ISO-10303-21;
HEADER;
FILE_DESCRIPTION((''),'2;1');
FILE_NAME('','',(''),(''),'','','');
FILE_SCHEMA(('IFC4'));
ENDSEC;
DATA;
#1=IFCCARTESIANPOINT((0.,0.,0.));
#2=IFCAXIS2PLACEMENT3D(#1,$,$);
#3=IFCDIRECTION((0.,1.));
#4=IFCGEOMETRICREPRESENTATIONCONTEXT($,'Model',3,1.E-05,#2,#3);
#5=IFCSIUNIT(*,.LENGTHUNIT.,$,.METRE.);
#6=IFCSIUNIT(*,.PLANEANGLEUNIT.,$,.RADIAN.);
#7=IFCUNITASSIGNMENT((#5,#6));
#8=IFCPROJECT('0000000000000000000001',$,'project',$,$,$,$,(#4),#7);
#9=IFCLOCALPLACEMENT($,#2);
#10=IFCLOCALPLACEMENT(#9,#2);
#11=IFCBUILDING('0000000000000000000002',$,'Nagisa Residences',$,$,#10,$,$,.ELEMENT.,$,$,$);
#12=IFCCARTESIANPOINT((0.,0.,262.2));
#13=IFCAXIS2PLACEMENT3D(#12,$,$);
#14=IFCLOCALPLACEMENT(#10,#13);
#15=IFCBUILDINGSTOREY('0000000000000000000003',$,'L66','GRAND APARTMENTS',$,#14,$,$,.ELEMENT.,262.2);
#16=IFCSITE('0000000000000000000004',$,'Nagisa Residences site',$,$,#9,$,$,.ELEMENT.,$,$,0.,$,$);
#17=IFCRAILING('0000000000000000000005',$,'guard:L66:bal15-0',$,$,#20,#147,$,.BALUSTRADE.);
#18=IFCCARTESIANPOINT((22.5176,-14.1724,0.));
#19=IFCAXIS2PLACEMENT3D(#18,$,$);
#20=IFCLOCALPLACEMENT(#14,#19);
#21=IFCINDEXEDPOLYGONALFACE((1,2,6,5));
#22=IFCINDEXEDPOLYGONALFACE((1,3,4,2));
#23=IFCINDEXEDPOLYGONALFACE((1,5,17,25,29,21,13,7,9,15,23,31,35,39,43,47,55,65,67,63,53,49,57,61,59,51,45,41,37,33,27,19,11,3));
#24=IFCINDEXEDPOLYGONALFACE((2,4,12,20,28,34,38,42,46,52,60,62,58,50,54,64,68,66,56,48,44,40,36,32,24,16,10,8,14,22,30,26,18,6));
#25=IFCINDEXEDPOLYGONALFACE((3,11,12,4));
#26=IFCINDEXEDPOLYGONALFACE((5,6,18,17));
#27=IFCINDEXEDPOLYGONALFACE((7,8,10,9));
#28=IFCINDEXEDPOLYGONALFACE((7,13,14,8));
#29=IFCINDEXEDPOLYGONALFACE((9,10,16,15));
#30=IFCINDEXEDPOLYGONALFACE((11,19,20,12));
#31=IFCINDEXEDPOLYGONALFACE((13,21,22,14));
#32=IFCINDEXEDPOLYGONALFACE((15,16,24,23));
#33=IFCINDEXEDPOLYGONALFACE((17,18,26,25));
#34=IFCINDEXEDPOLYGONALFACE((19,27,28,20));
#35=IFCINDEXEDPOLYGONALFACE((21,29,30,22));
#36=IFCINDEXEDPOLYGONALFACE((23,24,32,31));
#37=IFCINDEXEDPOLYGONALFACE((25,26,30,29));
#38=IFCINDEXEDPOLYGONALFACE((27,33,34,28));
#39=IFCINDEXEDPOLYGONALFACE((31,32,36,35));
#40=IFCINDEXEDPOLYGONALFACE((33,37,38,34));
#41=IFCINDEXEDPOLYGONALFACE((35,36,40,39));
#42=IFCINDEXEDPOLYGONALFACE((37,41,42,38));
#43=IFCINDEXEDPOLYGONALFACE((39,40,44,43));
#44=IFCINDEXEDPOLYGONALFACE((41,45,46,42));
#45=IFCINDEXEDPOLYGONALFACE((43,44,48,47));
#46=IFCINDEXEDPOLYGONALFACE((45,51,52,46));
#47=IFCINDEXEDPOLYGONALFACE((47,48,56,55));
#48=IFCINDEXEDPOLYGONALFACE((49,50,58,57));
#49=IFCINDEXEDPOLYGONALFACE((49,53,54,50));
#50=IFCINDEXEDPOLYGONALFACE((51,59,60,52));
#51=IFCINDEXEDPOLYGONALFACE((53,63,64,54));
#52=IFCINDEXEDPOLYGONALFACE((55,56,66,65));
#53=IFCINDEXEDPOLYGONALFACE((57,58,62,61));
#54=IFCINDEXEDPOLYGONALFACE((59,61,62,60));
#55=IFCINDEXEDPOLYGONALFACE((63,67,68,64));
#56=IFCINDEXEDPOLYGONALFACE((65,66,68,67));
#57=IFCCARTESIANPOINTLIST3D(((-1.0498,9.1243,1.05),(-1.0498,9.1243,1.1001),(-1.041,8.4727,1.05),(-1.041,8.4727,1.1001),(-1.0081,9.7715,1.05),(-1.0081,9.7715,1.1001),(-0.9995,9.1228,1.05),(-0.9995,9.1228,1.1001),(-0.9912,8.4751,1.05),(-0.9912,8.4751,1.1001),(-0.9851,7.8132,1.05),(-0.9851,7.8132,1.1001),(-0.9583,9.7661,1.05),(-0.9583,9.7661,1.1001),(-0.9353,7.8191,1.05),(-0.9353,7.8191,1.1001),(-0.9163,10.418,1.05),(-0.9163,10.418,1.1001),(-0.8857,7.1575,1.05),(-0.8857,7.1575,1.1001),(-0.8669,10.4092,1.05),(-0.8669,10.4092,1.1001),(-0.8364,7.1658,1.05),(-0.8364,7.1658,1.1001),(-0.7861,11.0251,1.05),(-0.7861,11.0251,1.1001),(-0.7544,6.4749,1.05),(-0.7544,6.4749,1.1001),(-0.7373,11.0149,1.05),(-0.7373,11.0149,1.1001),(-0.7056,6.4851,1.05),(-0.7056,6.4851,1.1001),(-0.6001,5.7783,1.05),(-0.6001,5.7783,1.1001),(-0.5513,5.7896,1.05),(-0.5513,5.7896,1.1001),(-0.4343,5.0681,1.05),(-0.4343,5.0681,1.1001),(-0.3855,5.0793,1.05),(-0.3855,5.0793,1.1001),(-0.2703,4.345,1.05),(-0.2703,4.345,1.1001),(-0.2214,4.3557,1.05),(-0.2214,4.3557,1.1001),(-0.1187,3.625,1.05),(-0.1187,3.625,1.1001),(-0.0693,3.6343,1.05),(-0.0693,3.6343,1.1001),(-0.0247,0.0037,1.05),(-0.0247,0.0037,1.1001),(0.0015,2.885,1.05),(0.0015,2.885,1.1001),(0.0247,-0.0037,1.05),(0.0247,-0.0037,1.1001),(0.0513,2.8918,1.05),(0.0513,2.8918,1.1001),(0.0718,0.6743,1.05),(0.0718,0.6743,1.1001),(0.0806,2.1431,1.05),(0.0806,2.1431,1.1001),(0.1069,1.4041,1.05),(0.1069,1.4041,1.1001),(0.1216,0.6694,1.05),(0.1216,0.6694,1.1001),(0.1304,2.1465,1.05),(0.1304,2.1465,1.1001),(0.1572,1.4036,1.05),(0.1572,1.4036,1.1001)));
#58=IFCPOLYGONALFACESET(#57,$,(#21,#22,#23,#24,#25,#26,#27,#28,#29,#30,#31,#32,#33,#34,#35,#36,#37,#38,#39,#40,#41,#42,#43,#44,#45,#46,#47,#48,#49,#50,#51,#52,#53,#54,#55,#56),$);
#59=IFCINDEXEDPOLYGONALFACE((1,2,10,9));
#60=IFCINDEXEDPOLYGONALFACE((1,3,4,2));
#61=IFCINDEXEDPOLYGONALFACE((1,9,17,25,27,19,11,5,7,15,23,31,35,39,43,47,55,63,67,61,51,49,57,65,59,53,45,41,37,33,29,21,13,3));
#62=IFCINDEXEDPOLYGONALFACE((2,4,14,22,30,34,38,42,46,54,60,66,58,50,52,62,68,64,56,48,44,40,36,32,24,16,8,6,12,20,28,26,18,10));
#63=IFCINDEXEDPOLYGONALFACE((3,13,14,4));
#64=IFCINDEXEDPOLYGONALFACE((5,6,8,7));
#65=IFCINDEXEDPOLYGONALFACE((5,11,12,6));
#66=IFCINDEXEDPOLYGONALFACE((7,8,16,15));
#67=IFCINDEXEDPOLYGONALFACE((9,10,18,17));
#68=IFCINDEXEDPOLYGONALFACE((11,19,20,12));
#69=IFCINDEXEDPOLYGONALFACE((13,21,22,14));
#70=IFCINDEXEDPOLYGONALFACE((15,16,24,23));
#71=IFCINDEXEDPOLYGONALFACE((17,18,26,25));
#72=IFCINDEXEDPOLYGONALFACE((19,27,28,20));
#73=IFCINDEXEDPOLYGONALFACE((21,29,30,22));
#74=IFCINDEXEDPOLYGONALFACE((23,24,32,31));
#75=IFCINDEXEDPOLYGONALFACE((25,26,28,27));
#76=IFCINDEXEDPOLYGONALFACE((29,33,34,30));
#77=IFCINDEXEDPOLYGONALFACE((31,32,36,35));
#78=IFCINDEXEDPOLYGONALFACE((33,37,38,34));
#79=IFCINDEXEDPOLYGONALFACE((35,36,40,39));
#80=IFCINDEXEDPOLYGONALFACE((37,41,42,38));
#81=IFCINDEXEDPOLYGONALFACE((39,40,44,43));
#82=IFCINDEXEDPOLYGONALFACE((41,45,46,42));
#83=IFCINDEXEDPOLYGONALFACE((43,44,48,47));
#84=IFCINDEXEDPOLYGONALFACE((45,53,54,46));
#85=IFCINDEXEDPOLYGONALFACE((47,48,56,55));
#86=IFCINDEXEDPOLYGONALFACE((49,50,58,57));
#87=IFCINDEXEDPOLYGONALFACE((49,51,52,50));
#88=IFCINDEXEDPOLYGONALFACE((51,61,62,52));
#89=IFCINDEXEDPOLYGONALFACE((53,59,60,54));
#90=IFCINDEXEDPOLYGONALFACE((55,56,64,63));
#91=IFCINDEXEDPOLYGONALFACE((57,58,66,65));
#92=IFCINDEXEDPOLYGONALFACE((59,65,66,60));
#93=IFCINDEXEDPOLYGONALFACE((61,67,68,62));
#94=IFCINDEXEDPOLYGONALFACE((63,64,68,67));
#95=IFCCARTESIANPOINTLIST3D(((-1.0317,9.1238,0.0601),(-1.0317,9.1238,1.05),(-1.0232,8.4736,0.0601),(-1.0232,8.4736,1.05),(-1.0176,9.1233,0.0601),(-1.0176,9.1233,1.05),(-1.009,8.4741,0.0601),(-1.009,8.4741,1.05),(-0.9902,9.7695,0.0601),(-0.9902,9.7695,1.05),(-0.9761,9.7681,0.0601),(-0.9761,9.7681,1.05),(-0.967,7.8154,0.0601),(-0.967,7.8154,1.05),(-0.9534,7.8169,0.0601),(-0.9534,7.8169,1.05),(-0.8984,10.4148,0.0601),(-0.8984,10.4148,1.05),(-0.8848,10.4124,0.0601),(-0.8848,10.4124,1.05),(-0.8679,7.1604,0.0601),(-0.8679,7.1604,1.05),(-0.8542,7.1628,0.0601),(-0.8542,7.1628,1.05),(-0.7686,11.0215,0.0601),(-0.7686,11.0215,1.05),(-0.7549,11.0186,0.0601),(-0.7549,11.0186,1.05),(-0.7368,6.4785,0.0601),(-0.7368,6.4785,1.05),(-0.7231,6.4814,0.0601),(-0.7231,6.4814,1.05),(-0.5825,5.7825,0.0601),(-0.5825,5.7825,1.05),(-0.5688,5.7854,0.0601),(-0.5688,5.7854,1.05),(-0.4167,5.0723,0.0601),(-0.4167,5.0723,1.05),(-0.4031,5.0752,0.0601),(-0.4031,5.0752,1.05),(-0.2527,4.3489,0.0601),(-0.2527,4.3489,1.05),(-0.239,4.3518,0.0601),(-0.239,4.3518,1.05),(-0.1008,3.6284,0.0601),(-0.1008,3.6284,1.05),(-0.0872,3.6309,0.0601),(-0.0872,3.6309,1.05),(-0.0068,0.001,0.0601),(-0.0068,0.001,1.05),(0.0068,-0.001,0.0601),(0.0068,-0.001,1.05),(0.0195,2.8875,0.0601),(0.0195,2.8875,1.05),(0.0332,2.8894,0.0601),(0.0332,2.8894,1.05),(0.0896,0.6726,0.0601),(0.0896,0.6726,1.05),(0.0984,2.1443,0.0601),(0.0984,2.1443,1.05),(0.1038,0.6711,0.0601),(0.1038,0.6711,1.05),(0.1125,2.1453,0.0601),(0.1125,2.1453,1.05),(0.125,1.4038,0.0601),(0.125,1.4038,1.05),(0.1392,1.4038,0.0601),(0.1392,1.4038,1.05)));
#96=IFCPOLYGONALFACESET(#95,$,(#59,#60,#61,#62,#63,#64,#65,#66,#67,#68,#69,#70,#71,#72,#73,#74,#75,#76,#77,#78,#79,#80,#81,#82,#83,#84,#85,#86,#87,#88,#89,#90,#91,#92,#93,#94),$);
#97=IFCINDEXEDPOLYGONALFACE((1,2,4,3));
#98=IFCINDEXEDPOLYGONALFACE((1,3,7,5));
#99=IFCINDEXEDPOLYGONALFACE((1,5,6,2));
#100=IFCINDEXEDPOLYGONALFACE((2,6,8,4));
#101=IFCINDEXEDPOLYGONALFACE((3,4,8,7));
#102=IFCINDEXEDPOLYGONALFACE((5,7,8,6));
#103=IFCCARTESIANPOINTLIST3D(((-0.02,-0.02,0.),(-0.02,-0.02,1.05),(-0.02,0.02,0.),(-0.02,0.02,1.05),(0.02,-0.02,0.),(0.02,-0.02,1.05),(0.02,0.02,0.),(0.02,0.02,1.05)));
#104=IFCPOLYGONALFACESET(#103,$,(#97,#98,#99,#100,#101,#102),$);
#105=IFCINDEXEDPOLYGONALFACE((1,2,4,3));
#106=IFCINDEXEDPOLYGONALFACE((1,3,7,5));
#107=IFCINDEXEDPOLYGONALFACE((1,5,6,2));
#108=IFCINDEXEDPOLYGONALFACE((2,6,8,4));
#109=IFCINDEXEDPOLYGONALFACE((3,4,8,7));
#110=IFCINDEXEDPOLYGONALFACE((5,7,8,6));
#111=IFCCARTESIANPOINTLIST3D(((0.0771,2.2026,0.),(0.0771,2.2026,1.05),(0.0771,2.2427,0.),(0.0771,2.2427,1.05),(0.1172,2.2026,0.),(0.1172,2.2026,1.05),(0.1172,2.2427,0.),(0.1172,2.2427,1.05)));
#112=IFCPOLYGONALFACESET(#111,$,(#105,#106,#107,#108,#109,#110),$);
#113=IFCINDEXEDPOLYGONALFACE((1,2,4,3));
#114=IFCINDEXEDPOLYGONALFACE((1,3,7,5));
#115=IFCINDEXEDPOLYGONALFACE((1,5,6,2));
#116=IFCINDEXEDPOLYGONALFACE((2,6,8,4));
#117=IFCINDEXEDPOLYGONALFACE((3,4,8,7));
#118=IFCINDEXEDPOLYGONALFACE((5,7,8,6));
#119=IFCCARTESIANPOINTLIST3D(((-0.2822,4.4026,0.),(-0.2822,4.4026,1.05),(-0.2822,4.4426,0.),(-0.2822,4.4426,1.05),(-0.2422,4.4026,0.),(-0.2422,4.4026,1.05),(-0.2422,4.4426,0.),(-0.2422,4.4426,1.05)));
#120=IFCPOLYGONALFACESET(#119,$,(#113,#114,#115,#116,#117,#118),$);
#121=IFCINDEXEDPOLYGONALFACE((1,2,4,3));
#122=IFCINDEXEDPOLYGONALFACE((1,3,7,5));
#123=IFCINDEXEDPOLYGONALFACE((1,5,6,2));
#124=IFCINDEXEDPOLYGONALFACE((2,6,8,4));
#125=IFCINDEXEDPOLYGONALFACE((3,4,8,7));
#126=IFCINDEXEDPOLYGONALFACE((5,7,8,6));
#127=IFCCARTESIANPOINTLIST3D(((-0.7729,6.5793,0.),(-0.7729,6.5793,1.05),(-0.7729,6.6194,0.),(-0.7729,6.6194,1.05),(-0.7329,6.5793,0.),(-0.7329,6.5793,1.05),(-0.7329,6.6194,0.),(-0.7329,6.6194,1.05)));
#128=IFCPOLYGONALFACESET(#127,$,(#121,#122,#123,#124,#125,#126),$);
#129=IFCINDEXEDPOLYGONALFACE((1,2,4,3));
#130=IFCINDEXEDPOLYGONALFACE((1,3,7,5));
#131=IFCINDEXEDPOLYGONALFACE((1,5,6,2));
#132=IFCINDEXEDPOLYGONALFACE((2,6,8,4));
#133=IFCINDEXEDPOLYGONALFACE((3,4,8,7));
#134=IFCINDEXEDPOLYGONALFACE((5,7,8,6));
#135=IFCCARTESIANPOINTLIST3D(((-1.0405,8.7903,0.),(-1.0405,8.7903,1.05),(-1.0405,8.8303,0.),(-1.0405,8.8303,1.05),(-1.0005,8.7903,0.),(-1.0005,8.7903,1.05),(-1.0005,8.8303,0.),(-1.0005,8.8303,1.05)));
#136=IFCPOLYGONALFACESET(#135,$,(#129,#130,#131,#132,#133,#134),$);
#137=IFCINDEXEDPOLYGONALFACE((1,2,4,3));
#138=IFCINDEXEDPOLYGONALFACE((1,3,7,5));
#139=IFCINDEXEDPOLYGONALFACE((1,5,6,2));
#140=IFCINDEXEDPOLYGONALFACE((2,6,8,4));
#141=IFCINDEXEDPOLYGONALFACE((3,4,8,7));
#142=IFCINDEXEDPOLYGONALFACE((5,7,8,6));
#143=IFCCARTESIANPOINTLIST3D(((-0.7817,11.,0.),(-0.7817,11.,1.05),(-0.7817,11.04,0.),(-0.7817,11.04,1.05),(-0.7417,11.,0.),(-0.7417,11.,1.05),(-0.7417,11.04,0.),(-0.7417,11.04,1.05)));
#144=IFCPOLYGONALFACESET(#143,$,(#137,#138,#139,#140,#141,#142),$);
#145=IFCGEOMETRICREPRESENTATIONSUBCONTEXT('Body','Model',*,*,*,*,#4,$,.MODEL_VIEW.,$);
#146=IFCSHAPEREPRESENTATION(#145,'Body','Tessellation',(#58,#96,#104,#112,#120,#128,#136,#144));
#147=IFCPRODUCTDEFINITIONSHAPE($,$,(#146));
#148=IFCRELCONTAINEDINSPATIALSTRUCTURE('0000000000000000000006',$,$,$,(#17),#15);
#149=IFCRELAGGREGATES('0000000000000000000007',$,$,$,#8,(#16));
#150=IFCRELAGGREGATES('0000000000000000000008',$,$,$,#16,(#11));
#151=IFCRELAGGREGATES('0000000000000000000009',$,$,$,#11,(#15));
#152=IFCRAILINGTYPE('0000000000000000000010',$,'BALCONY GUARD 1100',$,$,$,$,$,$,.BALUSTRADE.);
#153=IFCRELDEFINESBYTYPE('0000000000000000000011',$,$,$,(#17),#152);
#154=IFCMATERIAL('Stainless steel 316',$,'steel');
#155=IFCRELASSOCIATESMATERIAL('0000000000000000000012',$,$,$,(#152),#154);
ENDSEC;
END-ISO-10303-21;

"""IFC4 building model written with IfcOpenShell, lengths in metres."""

from ifc_helpers import new_model, si_unit, direction, frame, origin, origin_2d, place, context, subcontext, project, spatial, polyline, rectangle, outline, extrude, material, type_object, element, save


model = new_model("IFC4")

# Units and contexts
model_context = context("Model", 3, precision=1e-05, world=origin(), true_north=direction((0.0, 1.0)))
body_context = subcontext(model_context, "Body", "Model", "MODEL_VIEW")
ifc_project = project(units=[si_unit("LENGTHUNIT", "METRE"), si_unit("PLANEANGLEUNIT", "RADIAN")], contexts=[model_context])

# Site, building, storey
site_placement = place(None, origin())
site = spatial("IfcSite", under=ifc_project, at=site_placement, Name="Nagisa Residences site", CompositionType="ELEMENT", RefElevation=0.0)
building_placement = place(site_placement, origin())
building = spatial("IfcBuilding", under=site, at=building_placement, Name="Nagisa Residences", CompositionType="ELEMENT")
storey_placement = place(building_placement, frame((0.0, 0.0, 262.2)))
storey = spatial("IfcBuildingStorey", under=building, at=storey_placement, Name="L66", Description="GRAND APARTMENTS", CompositionType="ELEMENT", Elevation=262.2)

# Railing
ifc_material_1 = material(Name="Stainless steel 316", Category="steel")
railing_type = type_object("IfcRailingType", Name="BALCONY GUARD 1100", PredefinedType="BALUSTRADE", material=ifc_material_1)
railing_1_placement = place(storey_placement, frame((22.5176, -14.1724, 0.0)))
element("IfcRailing", 1, at=railing_1_placement, inside=storey, type_object=railing_type, Name="guard:L66:bal15-0", PredefinedType="BALUSTRADE", context=body_context, shape_type="SweptSolid", body=[
    extrude(outline(polyline([(0.0718, 0.6743), (-0.0247, 0.0037), (0.0247, -0.0037), (0.1216, 0.6694), (0.1572, 1.4036), (0.1304, 2.1465), (0.0513, 2.8918), (-0.0693, 3.6343), (-0.2214, 4.3557), (-0.3855, 5.0793), (-0.5513, 5.7896), (-0.7056, 6.4851), (-0.8364, 7.1658), (-0.9353, 7.8191), (-0.9912, 8.4751), (-0.9995, 9.1228), (-0.9583, 9.7661), (-0.8669, 10.4092), (-0.7373, 11.0149), (-0.7861, 11.0251), (-0.9163, 10.418), (-1.0081, 9.7715), (-1.0498, 9.1243), (-1.041, 8.4727), (-0.9851, 7.8132), (-0.8857, 7.1575), (-0.7544, 6.4749), (-0.6001, 5.7783), (-0.4343, 5.0681), (-0.2703, 4.345), (-0.1187, 3.625), (0.0015, 2.885), (0.0806, 2.1431), (0.1069, 1.4041), (0.0718, 0.6743)])), frame((0.0, 0.0, 1.05)), (0.0, 0.0, 1.0), 0.05),
    extrude(outline(polyline([(0.0896, 0.6726), (-0.0068, 0.001), (0.0068, -0.001), (0.1038, 0.6711), (0.1392, 1.4038), (0.1125, 2.1453), (0.0332, 2.8894), (-0.0872, 3.6309), (-0.239, 4.3518), (-0.4031, 5.0752), (-0.5688, 5.7854), (-0.7231, 6.4814), (-0.8542, 7.1628), (-0.9534, 7.8169), (-1.009, 8.4741), (-1.0176, 9.1233), (-0.9761, 9.7681), (-0.8848, 10.4124), (-0.7549, 11.0186), (-0.7686, 11.0215), (-0.8984, 10.4148), (-0.9902, 9.7695), (-1.0317, 9.1238), (-1.0232, 8.4736), (-0.967, 7.8154), (-0.8679, 7.1604), (-0.7368, 6.4785), (-0.5825, 5.7825), (-0.4167, 5.0723), (-0.2527, 4.3489), (-0.1008, 3.6284), (0.0195, 2.8875), (0.0984, 2.1443), (0.125, 1.4038), (0.0896, 0.6726)])), frame((0.0, 0.0, 0.0601)), (0.0, 0.0, 1.0), 0.99),
    extrude(rectangle(XDim=0.04, YDim=0.04, at=origin_2d()), origin(), (0.0, 0.0, 1.0), 1.05),
    extrude(rectangle(XDim=0.04, YDim=0.04, at=origin_2d()), frame((0.0972, 2.2227, 0.0)), (0.0, 0.0, 1.0), 1.05),
    extrude(rectangle(XDim=0.04, YDim=0.04, at=origin_2d()), frame((-0.2622, 4.4226, 0.0)), (0.0, 0.0, 1.0), 1.05),
    extrude(rectangle(XDim=0.04, YDim=0.04, at=origin_2d()), frame((-0.7529, 6.5994, 0.0)), (0.0, 0.0, 1.0), 1.05),
    extrude(rectangle(XDim=0.04, YDim=0.04, at=origin_2d()), frame((-1.0205, 8.8103, 0.0)), (0.0, 0.0, 1.0), 1.05),
    extrude(rectangle(XDim=0.04, YDim=0.04, at=origin_2d()), frame((-0.7617, 11.02, 0.0)), (0.0, 0.0, 1.0), 1.05),
])

save(model, "model.ifc")
